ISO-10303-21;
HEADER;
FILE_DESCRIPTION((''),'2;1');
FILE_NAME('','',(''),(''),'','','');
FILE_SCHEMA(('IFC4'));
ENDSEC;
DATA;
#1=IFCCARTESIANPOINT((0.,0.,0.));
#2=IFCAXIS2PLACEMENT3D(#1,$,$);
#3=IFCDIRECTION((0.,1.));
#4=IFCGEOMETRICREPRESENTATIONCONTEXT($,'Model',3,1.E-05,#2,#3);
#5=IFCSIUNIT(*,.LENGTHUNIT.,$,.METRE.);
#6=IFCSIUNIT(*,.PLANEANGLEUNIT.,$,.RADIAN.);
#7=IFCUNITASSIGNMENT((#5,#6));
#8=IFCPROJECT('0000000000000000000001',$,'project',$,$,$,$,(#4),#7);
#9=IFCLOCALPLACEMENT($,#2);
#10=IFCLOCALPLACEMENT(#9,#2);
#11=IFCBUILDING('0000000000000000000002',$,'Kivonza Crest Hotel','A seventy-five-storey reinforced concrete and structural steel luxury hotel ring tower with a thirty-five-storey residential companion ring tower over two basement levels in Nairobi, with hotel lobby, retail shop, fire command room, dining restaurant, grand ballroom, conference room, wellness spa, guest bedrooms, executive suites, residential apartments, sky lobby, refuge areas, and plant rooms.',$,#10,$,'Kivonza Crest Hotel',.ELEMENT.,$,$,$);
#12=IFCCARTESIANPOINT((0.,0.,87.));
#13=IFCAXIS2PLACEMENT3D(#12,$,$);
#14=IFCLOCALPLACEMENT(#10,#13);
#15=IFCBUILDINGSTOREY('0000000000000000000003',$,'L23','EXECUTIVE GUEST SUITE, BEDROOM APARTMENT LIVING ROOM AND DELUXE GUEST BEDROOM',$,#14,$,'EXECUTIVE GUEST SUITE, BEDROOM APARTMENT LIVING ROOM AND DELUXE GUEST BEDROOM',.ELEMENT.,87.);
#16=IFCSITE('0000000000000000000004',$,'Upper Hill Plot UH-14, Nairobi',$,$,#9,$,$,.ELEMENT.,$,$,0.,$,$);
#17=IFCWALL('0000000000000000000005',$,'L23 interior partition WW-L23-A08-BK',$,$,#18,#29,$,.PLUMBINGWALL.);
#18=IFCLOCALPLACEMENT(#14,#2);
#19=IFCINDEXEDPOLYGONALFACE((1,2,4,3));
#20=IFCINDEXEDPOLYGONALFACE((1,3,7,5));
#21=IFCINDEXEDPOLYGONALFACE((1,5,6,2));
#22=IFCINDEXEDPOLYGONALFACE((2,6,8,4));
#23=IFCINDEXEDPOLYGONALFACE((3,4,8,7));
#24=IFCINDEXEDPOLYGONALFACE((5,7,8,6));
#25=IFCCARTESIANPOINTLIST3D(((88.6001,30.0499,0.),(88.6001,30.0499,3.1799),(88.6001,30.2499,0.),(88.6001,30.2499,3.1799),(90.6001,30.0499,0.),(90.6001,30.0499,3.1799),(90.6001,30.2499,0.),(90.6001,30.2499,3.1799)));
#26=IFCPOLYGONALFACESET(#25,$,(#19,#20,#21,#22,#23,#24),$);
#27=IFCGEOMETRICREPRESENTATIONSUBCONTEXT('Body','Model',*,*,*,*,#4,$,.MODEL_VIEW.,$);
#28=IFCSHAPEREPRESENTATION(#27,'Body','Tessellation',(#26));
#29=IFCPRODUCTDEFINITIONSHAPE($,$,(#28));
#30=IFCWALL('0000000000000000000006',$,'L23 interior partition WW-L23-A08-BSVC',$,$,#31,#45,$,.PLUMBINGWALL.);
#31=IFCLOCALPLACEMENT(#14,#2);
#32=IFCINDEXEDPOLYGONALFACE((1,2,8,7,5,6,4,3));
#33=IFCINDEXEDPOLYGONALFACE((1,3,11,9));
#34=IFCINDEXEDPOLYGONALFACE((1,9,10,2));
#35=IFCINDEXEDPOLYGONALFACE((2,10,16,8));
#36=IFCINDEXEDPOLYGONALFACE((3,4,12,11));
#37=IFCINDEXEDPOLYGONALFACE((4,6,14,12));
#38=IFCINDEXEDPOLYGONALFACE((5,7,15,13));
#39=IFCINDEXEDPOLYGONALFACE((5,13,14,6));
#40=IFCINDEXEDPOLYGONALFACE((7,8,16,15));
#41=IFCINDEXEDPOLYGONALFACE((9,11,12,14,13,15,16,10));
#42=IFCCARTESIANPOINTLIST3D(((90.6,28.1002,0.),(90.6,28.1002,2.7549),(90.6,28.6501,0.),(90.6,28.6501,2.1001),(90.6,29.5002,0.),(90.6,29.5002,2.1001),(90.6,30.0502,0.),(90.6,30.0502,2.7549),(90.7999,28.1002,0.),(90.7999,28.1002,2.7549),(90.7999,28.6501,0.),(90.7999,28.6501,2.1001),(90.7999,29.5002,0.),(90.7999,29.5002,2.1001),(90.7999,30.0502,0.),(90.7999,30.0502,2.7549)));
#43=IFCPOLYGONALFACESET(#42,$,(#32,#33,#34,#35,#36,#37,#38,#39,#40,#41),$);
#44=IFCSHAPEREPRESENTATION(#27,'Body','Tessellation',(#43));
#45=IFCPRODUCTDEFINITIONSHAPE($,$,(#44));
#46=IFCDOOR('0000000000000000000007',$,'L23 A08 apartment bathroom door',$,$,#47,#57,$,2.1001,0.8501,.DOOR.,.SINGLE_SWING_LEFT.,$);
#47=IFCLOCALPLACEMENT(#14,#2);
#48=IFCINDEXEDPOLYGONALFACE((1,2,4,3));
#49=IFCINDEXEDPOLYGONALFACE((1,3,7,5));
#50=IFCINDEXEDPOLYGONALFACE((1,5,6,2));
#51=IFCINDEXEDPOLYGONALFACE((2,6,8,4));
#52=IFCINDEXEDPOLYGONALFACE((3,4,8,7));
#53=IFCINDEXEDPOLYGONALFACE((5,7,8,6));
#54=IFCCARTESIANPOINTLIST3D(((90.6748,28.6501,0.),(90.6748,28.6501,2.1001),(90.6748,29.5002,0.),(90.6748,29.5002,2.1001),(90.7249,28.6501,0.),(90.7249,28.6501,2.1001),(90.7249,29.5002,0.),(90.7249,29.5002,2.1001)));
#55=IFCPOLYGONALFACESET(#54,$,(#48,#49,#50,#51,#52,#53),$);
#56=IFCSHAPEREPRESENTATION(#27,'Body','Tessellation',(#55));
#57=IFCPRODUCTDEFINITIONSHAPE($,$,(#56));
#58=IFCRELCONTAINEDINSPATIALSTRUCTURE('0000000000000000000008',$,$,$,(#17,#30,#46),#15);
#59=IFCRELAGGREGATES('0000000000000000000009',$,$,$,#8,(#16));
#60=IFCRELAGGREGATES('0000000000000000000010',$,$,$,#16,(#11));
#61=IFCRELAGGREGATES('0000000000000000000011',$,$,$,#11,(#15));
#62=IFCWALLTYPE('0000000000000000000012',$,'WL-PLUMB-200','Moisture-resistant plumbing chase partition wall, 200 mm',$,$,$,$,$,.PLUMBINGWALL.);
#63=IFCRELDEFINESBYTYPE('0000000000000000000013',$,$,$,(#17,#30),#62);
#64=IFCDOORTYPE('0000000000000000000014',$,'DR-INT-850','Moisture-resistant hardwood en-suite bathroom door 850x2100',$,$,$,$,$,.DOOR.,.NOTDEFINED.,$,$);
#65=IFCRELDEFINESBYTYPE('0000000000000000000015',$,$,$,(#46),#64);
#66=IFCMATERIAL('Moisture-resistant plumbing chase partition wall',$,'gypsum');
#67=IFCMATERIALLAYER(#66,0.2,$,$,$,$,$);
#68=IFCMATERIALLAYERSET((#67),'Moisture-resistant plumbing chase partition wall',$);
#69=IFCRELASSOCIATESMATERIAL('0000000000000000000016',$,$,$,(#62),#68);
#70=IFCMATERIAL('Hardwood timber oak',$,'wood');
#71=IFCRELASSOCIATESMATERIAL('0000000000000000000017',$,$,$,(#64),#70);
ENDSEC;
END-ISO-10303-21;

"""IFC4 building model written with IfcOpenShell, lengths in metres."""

from ifc_helpers import new_model, si_unit, direction, frame, frame_2d, origin, place, context, subcontext, project, spatial, rectangle, extrude, material, layer, layer_set, type_object, element, fill, save


model = new_model("IFC4")

# Units and contexts
model_context = context("Model", 3, precision=1e-05, world=origin(), true_north=direction((0.0, 1.0)))
body_context = subcontext(model_context, "Body", "Model", "MODEL_VIEW")
ifc_project = project(units=[si_unit("LENGTHUNIT", "METRE"), si_unit("PLANEANGLEUNIT", "RADIAN")], contexts=[model_context])

# Site, building, storey
site_placement = place(None, origin())
site = spatial("IfcSite", under=ifc_project, at=site_placement, Name="Upper Hill Plot UH-14, Nairobi", CompositionType="ELEMENT", RefElevation=0.0)
building_placement = place(site_placement, origin())
building = spatial("IfcBuilding", under=site, at=building_placement, Name="Kivonza Crest Hotel", Description="A seventy-five-storey reinforced concrete and structural steel luxury hotel ring tower with a thirty-five-storey residential companion ring tower over two basement levels in Nairobi, with hotel lobby, retail shop, fire command room, dining restaurant, grand ballroom, conference room, wellness spa, guest bedrooms, executive suites, residential apartments, sky lobby, refuge areas, and plant rooms.", LongName="Kivonza Crest Hotel", CompositionType="ELEMENT")
storey_placement = place(building_placement, frame((0.0, 0.0, 87.0)))
storey = spatial("IfcBuildingStorey", under=building, at=storey_placement, Name="L23", Description="EXECUTIVE GUEST SUITE, BEDROOM APARTMENT LIVING ROOM AND DELUXE GUEST BEDROOM", LongName="EXECUTIVE GUEST SUITE, BEDROOM APARTMENT LIVING ROOM AND DELUXE GUEST BEDROOM", CompositionType="ELEMENT", Elevation=87.0)

# Shared definitions
ifc_material_1 = material(Name="Hardwood timber oak", Category="wood")

# Wall
ifc_material_2 = material(Name="Moisture-resistant plumbing chase partition wall", Category="gypsum")
ifc_layer_1 = layer(ifc_material_2, 0.2)
ifc_layer_set_1 = layer_set([ifc_layer_1], Name="Moisture-resistant plumbing chase partition wall")
wall_type_1 = type_object("IfcWallType", Name="WL-PLUMB-200", Description="Moisture-resistant plumbing chase partition wall, 200 mm", PredefinedType="PLUMBINGWALL", material=ifc_layer_set_1)
wall_1_placement = place(storey_placement, frame((88.6001, 30.1499, 0.0), z_axis=(0.0, 0.0, 1.0), x_axis=(1.0, 0.0, 0.0)))
element("IfcWall", 1, at=wall_1_placement, inside=storey, type_object=wall_type_1, Name="L23 interior partition WW-L23-A08-BK", PredefinedType="PLUMBINGWALL", context=body_context, shape_type="SweptSolid", body=[
    extrude(rectangle(XDim=2.0, YDim=0.2, at=frame_2d((1.0, 0.0))), origin(), (0.0, 0.0, 1.0), 3.1799),
])

# Wall, opening, door
wall_2_placement = place(storey_placement, frame((90.7, 28.1001, 0.0), z_axis=(0.0, 0.0, 1.0), x_axis=(0.0, 1.0, 0.0)))
wall_2 = element("IfcWall", 2, at=wall_2_placement, inside=storey, type_object=wall_type_1, Name="L23 interior partition WW-L23-A08-BSVC", PredefinedType="PLUMBINGWALL", context=body_context, shape_type="SweptSolid", body=[
    extrude(rectangle(XDim=1.95, YDim=0.2, at=frame_2d((0.9751, 0.0))), origin(), (0.0, 0.0, 1.0), 2.7549),
])
opening_1_placement = place(wall_2_placement, frame((0.55, 0.0, 0.0)))
opening_1 = element("IfcOpeningElement", 3, at=opening_1_placement, cuts=wall_2, PredefinedType="OPENING", context=body_context, shape_type="SweptSolid", body=[
    extrude(rectangle(XDim=0.8501, YDim=2.1001, at=frame_2d((0.425, 1.05))), frame((0.0, 0.1099, 0.0), z_axis=(0.0, -1.0, 0.0), x_axis=(1.0, 0.0, 0.0)), (0.0, 0.0, 1.0), 0.22),
])
door_type_1 = type_object("IfcDoorType", Name="DR-INT-850", Description="Moisture-resistant hardwood en-suite bathroom door 850x2100", OperationType="NOTDEFINED", PredefinedType="DOOR", material=ifc_material_1)
door_1_placement = place(opening_1_placement, frame((0.8501, 0.0, 0.0), z_axis=(0.0, 0.0, 1.0), x_axis=(-1.0, 0.0, 0.0)))
door_1 = element("IfcDoor", 4, at=door_1_placement, inside=storey, type_object=door_type_1, Name="L23 A08 apartment bathroom door", OperationType="SINGLE_SWING_LEFT", OverallHeight=2.1001, OverallWidth=0.8501, PredefinedType="DOOR", context=body_context, shape_type="SweptSolid", body=[
    extrude(rectangle(XDim=0.8501, YDim=2.1001, at=frame_2d((0.425, 1.05))), frame((0.0, 0.0249, 0.0), z_axis=(0.0, -1.0, 0.0), x_axis=(1.0, 0.0, 0.0)), (0.0, 0.0, 1.0), 0.05),
])
fill(opening_1, door_1)

save(model, "model.ifc")
